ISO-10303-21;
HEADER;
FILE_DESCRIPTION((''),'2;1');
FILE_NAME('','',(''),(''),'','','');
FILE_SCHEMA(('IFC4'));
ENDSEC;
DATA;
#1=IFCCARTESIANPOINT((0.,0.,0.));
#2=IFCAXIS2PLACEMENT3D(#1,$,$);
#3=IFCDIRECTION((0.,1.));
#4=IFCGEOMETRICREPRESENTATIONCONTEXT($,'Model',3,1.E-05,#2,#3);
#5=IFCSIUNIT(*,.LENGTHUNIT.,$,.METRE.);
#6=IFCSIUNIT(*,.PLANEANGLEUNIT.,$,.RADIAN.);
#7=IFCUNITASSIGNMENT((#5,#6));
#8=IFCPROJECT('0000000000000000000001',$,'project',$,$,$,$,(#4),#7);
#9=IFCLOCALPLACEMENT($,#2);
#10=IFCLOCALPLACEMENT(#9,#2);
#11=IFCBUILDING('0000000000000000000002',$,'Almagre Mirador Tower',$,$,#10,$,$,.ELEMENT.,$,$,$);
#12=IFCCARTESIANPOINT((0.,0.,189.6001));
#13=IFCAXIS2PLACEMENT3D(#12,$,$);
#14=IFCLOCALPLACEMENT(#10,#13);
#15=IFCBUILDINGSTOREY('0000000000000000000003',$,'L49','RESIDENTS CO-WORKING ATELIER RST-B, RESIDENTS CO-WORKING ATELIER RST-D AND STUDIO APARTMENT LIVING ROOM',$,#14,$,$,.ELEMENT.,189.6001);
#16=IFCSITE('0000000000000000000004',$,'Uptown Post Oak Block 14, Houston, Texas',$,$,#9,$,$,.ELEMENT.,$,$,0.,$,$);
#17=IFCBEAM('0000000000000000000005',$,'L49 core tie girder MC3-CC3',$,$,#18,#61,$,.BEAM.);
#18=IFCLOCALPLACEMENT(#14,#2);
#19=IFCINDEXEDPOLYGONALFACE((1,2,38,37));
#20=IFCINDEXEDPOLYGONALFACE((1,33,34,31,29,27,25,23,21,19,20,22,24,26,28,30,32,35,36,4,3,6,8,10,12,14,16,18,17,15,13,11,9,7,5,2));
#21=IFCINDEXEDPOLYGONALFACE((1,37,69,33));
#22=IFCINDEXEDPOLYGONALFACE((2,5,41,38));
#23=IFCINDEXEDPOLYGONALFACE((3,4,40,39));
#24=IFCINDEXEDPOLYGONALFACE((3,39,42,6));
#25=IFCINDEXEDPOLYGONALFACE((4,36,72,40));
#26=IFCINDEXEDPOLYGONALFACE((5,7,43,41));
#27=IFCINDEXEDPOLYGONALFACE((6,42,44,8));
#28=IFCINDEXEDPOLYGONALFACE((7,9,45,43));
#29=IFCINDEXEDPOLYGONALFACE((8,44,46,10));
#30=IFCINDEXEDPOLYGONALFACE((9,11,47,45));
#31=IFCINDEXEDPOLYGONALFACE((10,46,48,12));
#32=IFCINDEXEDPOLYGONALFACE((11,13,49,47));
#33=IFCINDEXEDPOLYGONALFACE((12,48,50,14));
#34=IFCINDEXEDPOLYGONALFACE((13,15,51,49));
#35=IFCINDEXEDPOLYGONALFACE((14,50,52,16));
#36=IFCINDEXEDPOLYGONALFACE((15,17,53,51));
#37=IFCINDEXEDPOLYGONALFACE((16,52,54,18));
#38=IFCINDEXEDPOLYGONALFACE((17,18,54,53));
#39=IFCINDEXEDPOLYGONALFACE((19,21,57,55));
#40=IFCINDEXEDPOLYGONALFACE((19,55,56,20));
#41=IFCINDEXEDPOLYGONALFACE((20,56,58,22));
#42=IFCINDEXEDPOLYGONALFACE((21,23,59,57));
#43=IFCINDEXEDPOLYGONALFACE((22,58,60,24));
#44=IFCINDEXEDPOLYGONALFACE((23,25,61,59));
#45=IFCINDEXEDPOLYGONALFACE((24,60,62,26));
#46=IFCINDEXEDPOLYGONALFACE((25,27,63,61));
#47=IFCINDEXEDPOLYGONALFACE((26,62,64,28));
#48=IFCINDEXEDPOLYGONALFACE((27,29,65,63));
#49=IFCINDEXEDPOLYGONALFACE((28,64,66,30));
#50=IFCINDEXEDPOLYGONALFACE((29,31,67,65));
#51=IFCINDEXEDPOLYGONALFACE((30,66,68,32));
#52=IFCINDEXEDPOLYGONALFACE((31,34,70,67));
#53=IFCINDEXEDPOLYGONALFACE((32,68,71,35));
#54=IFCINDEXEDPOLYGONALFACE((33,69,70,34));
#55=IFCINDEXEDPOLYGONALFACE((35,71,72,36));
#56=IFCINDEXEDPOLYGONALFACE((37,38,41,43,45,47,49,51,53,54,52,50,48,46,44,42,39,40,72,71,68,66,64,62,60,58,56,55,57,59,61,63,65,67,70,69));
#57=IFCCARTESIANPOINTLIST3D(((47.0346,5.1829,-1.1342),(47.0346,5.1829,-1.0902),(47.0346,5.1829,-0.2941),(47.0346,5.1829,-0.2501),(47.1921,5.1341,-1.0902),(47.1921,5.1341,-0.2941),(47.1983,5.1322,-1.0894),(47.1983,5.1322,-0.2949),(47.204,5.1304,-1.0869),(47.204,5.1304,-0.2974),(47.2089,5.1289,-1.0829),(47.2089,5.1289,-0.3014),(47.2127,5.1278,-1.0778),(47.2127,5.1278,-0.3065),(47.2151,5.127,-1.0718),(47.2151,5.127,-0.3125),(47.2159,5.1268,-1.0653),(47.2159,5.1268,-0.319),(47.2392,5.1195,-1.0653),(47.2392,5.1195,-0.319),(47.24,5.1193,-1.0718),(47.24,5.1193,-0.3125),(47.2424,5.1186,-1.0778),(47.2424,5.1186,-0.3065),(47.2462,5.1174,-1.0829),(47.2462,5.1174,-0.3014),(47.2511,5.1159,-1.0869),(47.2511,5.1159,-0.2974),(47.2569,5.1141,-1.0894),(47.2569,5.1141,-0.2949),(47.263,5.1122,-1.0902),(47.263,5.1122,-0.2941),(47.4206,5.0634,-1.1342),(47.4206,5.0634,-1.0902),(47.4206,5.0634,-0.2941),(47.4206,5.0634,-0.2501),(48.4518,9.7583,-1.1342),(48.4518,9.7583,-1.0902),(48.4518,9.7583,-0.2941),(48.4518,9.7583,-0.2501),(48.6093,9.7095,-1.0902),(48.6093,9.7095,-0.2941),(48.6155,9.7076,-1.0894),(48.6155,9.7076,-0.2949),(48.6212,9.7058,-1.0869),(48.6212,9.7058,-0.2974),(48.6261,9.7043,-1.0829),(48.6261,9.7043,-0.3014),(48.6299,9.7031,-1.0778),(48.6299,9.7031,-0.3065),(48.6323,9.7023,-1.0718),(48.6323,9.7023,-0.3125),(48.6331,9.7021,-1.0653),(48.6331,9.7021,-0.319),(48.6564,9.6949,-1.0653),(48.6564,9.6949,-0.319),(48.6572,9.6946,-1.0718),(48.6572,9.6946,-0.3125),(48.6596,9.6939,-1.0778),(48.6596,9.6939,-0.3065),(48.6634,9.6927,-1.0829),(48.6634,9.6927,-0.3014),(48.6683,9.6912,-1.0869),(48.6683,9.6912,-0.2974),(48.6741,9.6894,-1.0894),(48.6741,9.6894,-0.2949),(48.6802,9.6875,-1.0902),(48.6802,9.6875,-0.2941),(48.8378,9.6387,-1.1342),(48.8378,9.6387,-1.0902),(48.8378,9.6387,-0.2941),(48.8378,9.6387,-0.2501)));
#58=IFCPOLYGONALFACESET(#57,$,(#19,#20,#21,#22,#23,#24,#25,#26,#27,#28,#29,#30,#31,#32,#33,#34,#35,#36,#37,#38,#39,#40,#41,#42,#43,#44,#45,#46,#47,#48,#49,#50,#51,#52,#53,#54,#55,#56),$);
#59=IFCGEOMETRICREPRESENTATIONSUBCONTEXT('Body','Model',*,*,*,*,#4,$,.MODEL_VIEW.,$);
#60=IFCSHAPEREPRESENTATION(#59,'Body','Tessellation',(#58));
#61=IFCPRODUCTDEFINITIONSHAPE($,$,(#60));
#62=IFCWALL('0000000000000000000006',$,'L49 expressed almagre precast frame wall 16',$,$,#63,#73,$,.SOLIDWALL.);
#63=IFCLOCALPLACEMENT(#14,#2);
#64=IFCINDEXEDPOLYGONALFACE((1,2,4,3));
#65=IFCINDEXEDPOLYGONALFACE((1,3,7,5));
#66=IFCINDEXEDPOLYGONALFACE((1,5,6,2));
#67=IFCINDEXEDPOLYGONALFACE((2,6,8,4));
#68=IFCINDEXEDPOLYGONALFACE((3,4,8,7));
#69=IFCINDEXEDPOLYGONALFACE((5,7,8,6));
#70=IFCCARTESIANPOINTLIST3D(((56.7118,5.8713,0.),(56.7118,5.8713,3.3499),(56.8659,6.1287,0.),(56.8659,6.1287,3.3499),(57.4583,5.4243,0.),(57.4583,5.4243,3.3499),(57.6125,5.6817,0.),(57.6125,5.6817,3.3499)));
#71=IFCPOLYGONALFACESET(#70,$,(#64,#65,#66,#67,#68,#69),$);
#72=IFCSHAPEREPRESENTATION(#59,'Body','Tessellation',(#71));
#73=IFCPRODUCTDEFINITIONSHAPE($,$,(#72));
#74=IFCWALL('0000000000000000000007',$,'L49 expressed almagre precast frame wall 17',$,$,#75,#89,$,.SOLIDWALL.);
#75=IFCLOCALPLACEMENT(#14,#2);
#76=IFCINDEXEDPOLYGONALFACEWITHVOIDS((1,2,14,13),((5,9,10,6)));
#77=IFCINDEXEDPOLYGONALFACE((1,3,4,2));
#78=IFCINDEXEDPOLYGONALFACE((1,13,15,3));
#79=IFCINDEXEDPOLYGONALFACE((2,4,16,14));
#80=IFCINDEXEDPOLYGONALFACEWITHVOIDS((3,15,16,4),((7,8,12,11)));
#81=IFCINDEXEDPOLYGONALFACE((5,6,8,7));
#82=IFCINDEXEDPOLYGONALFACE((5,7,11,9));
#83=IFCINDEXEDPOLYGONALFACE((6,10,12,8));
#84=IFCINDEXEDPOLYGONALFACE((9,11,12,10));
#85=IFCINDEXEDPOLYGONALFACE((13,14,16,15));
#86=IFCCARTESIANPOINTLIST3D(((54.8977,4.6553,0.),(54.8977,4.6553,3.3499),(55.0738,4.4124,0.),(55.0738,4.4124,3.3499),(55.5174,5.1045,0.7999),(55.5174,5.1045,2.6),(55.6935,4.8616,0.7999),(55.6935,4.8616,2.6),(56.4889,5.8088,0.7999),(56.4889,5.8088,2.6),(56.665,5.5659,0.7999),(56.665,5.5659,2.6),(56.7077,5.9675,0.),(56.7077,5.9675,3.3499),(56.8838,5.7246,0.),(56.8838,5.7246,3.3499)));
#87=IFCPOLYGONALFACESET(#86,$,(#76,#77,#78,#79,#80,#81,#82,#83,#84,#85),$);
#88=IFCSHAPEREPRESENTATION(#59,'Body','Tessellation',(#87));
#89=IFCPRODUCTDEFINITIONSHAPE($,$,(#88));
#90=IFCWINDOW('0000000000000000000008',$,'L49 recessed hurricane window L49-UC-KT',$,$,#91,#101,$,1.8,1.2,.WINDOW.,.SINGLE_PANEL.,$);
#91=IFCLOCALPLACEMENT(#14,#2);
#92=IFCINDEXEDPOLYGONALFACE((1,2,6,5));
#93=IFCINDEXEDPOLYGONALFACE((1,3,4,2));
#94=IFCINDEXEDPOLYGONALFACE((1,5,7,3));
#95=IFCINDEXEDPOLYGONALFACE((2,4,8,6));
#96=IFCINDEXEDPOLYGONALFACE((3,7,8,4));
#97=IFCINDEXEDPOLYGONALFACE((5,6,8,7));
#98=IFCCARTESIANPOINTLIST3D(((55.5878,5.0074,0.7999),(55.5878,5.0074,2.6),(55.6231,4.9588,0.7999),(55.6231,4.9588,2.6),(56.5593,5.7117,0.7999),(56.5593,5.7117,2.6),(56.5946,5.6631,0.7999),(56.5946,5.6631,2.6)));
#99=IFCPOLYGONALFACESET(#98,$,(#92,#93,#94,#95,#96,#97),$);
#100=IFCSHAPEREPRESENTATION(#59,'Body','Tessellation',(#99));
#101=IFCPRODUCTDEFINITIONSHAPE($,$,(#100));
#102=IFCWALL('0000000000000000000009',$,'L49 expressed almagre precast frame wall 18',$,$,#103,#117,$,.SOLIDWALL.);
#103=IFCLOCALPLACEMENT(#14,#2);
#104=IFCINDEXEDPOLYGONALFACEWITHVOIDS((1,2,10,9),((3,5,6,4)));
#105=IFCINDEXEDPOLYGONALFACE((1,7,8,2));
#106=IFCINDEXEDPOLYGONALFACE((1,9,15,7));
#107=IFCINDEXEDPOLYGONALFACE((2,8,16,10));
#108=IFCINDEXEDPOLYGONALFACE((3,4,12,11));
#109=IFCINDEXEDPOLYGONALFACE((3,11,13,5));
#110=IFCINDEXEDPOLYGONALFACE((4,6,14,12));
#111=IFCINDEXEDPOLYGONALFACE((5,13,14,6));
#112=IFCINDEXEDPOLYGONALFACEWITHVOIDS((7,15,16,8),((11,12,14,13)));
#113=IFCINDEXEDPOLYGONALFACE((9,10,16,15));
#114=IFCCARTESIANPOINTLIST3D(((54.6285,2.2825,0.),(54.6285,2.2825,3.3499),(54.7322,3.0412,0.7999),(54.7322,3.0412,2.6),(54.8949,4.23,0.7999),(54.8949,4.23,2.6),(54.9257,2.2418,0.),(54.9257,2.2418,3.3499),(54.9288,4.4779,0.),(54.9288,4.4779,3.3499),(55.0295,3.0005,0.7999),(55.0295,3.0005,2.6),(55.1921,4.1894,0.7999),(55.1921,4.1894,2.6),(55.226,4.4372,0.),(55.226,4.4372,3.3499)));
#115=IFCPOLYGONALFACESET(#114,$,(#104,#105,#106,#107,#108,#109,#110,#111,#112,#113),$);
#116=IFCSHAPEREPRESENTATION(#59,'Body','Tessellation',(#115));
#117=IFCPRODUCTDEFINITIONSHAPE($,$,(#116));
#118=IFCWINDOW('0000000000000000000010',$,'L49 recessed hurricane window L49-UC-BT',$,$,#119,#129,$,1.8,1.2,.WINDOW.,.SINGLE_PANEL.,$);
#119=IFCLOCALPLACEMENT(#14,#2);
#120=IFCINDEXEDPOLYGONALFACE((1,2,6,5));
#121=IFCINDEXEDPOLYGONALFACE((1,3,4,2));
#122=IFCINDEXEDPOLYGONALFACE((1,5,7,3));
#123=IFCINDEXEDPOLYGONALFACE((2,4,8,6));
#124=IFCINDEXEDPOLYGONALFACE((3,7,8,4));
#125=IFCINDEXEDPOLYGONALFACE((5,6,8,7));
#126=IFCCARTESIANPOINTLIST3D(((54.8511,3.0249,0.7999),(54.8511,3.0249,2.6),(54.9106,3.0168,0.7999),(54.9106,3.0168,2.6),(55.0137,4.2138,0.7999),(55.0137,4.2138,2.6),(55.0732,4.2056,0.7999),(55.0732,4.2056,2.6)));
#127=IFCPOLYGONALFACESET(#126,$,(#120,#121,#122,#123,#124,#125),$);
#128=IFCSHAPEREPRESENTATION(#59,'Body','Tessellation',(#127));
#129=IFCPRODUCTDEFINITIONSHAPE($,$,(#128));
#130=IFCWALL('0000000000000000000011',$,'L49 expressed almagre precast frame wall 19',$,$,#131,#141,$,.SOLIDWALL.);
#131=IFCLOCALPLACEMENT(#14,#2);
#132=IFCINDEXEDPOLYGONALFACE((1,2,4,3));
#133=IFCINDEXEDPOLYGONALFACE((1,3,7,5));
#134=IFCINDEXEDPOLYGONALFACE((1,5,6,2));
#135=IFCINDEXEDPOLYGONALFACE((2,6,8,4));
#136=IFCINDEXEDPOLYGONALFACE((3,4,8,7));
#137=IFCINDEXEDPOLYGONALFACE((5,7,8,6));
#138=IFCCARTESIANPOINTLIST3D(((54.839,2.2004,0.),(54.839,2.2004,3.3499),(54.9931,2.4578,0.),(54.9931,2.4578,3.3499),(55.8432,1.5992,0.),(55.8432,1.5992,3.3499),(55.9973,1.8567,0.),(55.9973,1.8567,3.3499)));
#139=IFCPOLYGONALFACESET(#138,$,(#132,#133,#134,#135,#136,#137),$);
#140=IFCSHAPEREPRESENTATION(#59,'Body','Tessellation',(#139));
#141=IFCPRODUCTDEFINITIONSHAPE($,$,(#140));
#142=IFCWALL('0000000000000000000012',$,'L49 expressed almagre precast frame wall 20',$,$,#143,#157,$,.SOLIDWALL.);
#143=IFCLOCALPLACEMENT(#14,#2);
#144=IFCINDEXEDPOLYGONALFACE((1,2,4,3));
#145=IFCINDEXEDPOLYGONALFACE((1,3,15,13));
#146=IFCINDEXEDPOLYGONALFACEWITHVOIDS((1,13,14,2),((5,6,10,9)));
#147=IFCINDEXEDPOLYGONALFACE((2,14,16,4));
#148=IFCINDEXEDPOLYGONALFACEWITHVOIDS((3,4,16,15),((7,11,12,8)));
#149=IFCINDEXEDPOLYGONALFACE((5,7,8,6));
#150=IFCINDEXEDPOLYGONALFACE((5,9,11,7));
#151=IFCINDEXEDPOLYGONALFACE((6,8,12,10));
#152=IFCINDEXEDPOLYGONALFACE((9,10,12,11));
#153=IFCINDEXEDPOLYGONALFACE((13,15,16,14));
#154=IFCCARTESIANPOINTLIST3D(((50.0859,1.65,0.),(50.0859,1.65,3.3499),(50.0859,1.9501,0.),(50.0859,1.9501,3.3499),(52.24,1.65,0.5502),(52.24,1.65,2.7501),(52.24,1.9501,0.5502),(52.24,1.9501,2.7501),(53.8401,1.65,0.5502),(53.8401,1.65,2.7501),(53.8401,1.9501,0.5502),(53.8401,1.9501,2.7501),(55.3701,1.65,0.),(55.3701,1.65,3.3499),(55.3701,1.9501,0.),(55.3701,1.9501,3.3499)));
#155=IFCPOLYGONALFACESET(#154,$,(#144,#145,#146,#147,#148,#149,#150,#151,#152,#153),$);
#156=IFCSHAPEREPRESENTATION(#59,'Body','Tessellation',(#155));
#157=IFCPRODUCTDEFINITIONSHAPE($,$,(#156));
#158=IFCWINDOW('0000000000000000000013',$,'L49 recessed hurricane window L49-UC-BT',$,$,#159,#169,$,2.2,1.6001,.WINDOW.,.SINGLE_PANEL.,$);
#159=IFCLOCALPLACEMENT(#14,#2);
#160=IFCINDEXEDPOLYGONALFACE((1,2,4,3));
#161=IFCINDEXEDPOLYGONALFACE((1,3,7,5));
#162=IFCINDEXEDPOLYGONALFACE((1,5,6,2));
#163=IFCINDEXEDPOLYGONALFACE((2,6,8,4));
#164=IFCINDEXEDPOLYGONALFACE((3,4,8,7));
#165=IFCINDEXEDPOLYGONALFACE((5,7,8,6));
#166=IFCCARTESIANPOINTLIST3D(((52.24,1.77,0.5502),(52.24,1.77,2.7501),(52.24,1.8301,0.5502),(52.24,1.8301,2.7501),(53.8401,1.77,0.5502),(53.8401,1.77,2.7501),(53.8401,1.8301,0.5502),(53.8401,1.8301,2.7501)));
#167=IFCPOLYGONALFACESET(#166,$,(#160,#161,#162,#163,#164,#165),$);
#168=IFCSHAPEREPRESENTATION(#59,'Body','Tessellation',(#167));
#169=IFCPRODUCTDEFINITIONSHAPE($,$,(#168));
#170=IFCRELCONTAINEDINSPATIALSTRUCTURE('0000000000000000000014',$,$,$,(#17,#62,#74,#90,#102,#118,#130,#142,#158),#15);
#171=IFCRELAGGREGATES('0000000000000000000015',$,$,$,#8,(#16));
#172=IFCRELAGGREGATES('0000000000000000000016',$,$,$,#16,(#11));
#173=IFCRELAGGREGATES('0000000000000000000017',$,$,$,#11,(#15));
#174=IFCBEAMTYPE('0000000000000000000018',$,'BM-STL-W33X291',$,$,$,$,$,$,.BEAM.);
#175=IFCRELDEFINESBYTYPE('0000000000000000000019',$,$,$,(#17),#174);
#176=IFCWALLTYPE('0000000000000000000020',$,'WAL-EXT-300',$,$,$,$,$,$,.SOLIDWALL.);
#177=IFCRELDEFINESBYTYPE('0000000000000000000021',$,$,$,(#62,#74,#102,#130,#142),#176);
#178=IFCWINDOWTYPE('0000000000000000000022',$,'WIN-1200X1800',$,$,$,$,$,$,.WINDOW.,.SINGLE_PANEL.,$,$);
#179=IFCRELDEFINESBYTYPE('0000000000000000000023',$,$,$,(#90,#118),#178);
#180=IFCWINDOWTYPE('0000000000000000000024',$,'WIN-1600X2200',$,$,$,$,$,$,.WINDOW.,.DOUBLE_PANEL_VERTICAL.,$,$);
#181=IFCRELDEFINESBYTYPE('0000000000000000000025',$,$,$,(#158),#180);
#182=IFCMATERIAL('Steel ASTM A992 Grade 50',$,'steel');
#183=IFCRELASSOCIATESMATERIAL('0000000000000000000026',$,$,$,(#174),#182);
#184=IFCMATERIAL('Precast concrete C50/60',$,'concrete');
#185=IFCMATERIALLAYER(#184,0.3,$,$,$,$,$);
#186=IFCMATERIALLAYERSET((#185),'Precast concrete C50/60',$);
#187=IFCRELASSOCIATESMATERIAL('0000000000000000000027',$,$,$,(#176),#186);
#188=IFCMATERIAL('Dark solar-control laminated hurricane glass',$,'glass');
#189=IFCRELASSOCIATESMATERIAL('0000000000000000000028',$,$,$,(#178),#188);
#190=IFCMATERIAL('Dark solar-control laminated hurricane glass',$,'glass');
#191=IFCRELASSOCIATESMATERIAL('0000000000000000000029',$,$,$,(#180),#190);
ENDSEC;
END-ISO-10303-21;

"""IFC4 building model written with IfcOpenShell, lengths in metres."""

from ifc_helpers import new_model, si_unit, direction, frame, frame_2d, origin, origin_2d, place, context, subcontext, project, spatial, rectangle, i_section, extrude, material, layer, layer_set, material_profile, profile_set, type_object, element, fill, save


model = new_model("IFC4")

# Units and contexts
model_context = context("Model", 3, precision=1e-05, world=origin(), true_north=direction((0.0, 1.0)))
body_context = subcontext(model_context, "Body", "Model", "MODEL_VIEW")
ifc_project = project(units=[si_unit("LENGTHUNIT", "METRE"), si_unit("PLANEANGLEUNIT", "RADIAN")], contexts=[model_context])

# Site, building, storey
site_placement = place(None, origin())
site = spatial("IfcSite", under=ifc_project, at=site_placement, Name="Uptown Post Oak Block 14, Houston, Texas", CompositionType="ELEMENT", RefElevation=0.0)
building_placement = place(site_placement, origin())
building = spatial("IfcBuilding", under=site, at=building_placement, Name="Almagre Mirador Tower", CompositionType="ELEMENT")
storey_placement = place(building_placement, frame((0.0, 0.0, 189.6001)))
storey = spatial("IfcBuildingStorey", under=building, at=storey_placement, Name="L49", Description="RESIDENTS CO-WORKING ATELIER RST-B, RESIDENTS CO-WORKING ATELIER RST-D AND STUDIO APARTMENT LIVING ROOM", CompositionType="ELEMENT", Elevation=189.6001)

# Beam
ifc_material_1 = material(Name="Steel ASTM A992 Grade 50", Category="steel")
ifc_material_profile_1 = material_profile(ifc_material_1, i_section(OverallWidth=0.4041, OverallDepth=0.884, WebThickness=0.0244, FlangeThickness=0.0439, FilletRadius=0.0249, at=origin_2d()), Name="W33X291")
ifc_profile_set_1 = profile_set([ifc_material_profile_1], Name="Steel ASTM A992 Grade 50")
beam_type_1 = type_object("IfcBeamType", Name="BM-STL-W33X291", PredefinedType="BEAM", material=ifc_profile_set_1)
beam_1_placement = place(storey_placement, frame((48.6448, 9.6985, -0.6921), z_axis=(-0.29588, -0.955225, 0.0), x_axis=(0.955225, -0.29588, 0.0)))
element("IfcBeam", 1, at=beam_1_placement, inside=storey, type_object=beam_type_1, Name="L49 core tie girder MC3-CC3", PredefinedType="BEAM", context=body_context, shape_type="SweptSolid", body=[
    extrude(i_section(OverallWidth=0.4041, OverallDepth=0.884, WebThickness=0.0244, FlangeThickness=0.0439, FilletRadius=0.0249, at=origin_2d()), origin(), (0.0, 0.0, 1.0), 4.7898),
])

# Wall
ifc_material_2 = material(Name="Precast concrete C50/60", Category="concrete")
ifc_layer_1 = layer(ifc_material_2, 0.3)
ifc_layer_set_1 = layer_set([ifc_layer_1], Name="Precast concrete C50/60")
wall_type_1 = type_object("IfcWallType", Name="WAL-EXT-300", PredefinedType="SOLIDWALL", material=ifc_layer_set_1)
wall_1_placement = place(storey_placement, frame((57.5354, 5.553, 0.0), z_axis=(0.0, 0.0, 1.0), x_axis=(-0.857963, 0.513712, 0.0)))
element("IfcWall", 2, at=wall_1_placement, inside=storey, type_object=wall_type_1, Name="L49 expressed almagre precast frame wall 16", PredefinedType="SOLIDWALL", context=body_context, shape_type="SweptSolid", body=[
    extrude(rectangle(XDim=0.8701, YDim=0.3, at=frame_2d((0.4351, 0.0))), origin(), (0.0, 0.0, 1.0), 3.3499),
])

# Walls, openings, windows
wall_2_placement = place(storey_placement, frame((56.7957, 5.8459, 0.0), z_axis=(0.0, 0.0, 1.0), x_axis=(-0.809618, -0.586957, 0.0)))
wall_2 = element("IfcWall", 3, at=wall_2_placement, inside=storey, type_object=wall_type_1, Name="L49 expressed almagre precast frame wall 17", PredefinedType="SOLIDWALL", context=body_context, shape_type="SweptSolid", body=[
    extrude(rectangle(XDim=2.2356, YDim=0.3, at=frame_2d((1.1177, 0.0))), origin(), (0.0, 0.0, 1.0), 3.3499),
])
opening_1_placement = place(wall_2_placement, frame((0.27, 0.0, 0.8)))
opening_1 = element("IfcOpeningElement", 4, at=opening_1_placement, cuts=wall_2, PredefinedType="OPENING", context=body_context, shape_type="SweptSolid", body=[
    extrude(rectangle(XDim=1.2, YDim=1.8, at=frame_2d((0.6001, 0.8999))), frame((0.0, 0.1599, 0.0), z_axis=(0.0, -1.0, 0.0), x_axis=(1.0, 0.0, 0.0)), (0.0, 0.0, 1.0), 0.32),
])
ifc_material_3 = material(Name="Dark solar-control laminated hurricane glass", Category="glass")
window_type_1 = type_object("IfcWindowType", Name="WIN-1200X1800", PartitioningType="SINGLE_PANEL", PredefinedType="WINDOW", material=ifc_material_3)
window_1_placement = place(opening_1_placement, origin())
window_1 = element("IfcWindow", 5, at=window_1_placement, inside=storey, type_object=window_type_1, Name="L49 recessed hurricane window L49-UC-KT", OverallHeight=1.8, OverallWidth=1.2, PartitioningType="SINGLE_PANEL", PredefinedType="WINDOW", context=body_context, shape_type="SweptSolid", body=[
    extrude(rectangle(XDim=1.2, YDim=1.8, at=frame_2d((0.6001, 0.8999))), frame((0.0, 0.03, 0.0), z_axis=(0.0, -1.0, 0.0), x_axis=(1.0, 0.0, 0.0)), (0.0, 0.0, 1.0), 0.0601),
])
fill(opening_1, window_1)
wall_3_placement = place(storey_placement, frame((55.0774, 4.4575, 0.0), z_axis=(0.0, 0.0, 1.0), x_axis=(-0.135526, -0.990774, 0.0)))
wall_3 = element("IfcWall", 6, at=wall_3_placement, inside=storey, type_object=wall_type_1, Name="L49 expressed almagre precast frame wall 18", PredefinedType="SOLIDWALL", context=body_context, shape_type="SweptSolid", body=[
    extrude(rectangle(XDim=2.2158, YDim=0.3, at=frame_2d((1.1079, 0.0))), origin(), (0.0, 0.0, 1.0), 3.3499),
])
opening_2_placement = place(wall_3_placement, frame((0.25, 0.0, 0.8)))
opening_2 = element("IfcOpeningElement", 7, at=opening_2_placement, cuts=wall_3, PredefinedType="OPENING", context=body_context, shape_type="SweptSolid", body=[
    extrude(rectangle(XDim=1.2, YDim=1.8, at=frame_2d((0.6001, 0.8999))), frame((0.0, 0.1599, 0.0), z_axis=(0.0, -1.0, 0.0), x_axis=(1.0, 0.0, 0.0)), (0.0, 0.0, 1.0), 0.32),
])
window_2_placement = place(opening_2_placement, origin())
window_2 = element("IfcWindow", 8, at=window_2_placement, inside=storey, type_object=window_type_1, Name="L49 recessed hurricane window L49-UC-BT", OverallHeight=1.8, OverallWidth=1.2, PartitioningType="SINGLE_PANEL", PredefinedType="WINDOW", context=body_context, shape_type="SweptSolid", body=[
    extrude(rectangle(XDim=1.2, YDim=1.8, at=frame_2d((0.6001, 0.8999))), frame((0.0, 0.03, 0.0), z_axis=(0.0, -1.0, 0.0), x_axis=(1.0, 0.0, 0.0)), (0.0, 0.0, 1.0), 0.0601),
])
fill(opening_2, window_2)

# Wall
wall_4_placement = place(storey_placement, frame((54.916, 2.3291, 0.0), z_axis=(0.0, 0.0, 1.0), x_axis=(0.858026, -0.513606, 0.0)))
element("IfcWall", 9, at=wall_4_placement, inside=storey, type_object=wall_type_1, Name="L49 expressed almagre precast frame wall 19", PredefinedType="SOLIDWALL", context=body_context, shape_type="SweptSolid", body=[
    extrude(rectangle(XDim=1.1704, YDim=0.3, at=frame_2d((0.5852, 0.0))), origin(), (0.0, 0.0, 1.0), 3.3499),
])

# Wall, opening, window
wall_5_placement = place(storey_placement, frame((55.3701, 1.8, 0.0), z_axis=(0.0, 0.0, 1.0), x_axis=(-1.0, 0.0, 0.0)))
wall_5 = element("IfcWall", 10, at=wall_5_placement, inside=storey, type_object=wall_type_1, Name="L49 expressed almagre precast frame wall 20", PredefinedType="SOLIDWALL", context=body_context, shape_type="SweptSolid", body=[
    extrude(rectangle(XDim=5.2842, YDim=0.3, at=frame_2d((2.6421, 0.0))), origin(), (0.0, 0.0, 1.0), 3.3499),
])
opening_3_placement = place(wall_5_placement, frame((1.53, 0.0, 0.55)))
opening_3 = element("IfcOpeningElement", 11, at=opening_3_placement, cuts=wall_5, PredefinedType="OPENING", context=body_context, shape_type="SweptSolid", body=[
    extrude(rectangle(XDim=1.6001, YDim=2.2, at=frame_2d((0.8, 1.1001))), frame((0.0, 0.1599, 0.0), z_axis=(0.0, -1.0, 0.0), x_axis=(1.0, 0.0, 0.0)), (0.0, 0.0, 1.0), 0.32),
])
ifc_material_4 = material(Name="Dark solar-control laminated hurricane glass", Category="glass")
window_type_2 = type_object("IfcWindowType", Name="WIN-1600X2200", PartitioningType="DOUBLE_PANEL_VERTICAL", PredefinedType="WINDOW", material=ifc_material_4)
window_3_placement = place(opening_3_placement, origin())
window_3 = element("IfcWindow", 12, at=window_3_placement, inside=storey, type_object=window_type_2, Name="L49 recessed hurricane window L49-UC-BT", OverallHeight=2.2, OverallWidth=1.6001, PartitioningType="SINGLE_PANEL", PredefinedType="WINDOW", context=body_context, shape_type="SweptSolid", body=[
    extrude(rectangle(XDim=1.6001, YDim=2.2, at=frame_2d((0.8, 1.1001))), frame((0.0, 0.03, 0.0), z_axis=(0.0, -1.0, 0.0), x_axis=(1.0, 0.0, 0.0)), (0.0, 0.0, 1.0), 0.0601),
])
fill(opening_3, window_3)

save(model, "model.ifc")
